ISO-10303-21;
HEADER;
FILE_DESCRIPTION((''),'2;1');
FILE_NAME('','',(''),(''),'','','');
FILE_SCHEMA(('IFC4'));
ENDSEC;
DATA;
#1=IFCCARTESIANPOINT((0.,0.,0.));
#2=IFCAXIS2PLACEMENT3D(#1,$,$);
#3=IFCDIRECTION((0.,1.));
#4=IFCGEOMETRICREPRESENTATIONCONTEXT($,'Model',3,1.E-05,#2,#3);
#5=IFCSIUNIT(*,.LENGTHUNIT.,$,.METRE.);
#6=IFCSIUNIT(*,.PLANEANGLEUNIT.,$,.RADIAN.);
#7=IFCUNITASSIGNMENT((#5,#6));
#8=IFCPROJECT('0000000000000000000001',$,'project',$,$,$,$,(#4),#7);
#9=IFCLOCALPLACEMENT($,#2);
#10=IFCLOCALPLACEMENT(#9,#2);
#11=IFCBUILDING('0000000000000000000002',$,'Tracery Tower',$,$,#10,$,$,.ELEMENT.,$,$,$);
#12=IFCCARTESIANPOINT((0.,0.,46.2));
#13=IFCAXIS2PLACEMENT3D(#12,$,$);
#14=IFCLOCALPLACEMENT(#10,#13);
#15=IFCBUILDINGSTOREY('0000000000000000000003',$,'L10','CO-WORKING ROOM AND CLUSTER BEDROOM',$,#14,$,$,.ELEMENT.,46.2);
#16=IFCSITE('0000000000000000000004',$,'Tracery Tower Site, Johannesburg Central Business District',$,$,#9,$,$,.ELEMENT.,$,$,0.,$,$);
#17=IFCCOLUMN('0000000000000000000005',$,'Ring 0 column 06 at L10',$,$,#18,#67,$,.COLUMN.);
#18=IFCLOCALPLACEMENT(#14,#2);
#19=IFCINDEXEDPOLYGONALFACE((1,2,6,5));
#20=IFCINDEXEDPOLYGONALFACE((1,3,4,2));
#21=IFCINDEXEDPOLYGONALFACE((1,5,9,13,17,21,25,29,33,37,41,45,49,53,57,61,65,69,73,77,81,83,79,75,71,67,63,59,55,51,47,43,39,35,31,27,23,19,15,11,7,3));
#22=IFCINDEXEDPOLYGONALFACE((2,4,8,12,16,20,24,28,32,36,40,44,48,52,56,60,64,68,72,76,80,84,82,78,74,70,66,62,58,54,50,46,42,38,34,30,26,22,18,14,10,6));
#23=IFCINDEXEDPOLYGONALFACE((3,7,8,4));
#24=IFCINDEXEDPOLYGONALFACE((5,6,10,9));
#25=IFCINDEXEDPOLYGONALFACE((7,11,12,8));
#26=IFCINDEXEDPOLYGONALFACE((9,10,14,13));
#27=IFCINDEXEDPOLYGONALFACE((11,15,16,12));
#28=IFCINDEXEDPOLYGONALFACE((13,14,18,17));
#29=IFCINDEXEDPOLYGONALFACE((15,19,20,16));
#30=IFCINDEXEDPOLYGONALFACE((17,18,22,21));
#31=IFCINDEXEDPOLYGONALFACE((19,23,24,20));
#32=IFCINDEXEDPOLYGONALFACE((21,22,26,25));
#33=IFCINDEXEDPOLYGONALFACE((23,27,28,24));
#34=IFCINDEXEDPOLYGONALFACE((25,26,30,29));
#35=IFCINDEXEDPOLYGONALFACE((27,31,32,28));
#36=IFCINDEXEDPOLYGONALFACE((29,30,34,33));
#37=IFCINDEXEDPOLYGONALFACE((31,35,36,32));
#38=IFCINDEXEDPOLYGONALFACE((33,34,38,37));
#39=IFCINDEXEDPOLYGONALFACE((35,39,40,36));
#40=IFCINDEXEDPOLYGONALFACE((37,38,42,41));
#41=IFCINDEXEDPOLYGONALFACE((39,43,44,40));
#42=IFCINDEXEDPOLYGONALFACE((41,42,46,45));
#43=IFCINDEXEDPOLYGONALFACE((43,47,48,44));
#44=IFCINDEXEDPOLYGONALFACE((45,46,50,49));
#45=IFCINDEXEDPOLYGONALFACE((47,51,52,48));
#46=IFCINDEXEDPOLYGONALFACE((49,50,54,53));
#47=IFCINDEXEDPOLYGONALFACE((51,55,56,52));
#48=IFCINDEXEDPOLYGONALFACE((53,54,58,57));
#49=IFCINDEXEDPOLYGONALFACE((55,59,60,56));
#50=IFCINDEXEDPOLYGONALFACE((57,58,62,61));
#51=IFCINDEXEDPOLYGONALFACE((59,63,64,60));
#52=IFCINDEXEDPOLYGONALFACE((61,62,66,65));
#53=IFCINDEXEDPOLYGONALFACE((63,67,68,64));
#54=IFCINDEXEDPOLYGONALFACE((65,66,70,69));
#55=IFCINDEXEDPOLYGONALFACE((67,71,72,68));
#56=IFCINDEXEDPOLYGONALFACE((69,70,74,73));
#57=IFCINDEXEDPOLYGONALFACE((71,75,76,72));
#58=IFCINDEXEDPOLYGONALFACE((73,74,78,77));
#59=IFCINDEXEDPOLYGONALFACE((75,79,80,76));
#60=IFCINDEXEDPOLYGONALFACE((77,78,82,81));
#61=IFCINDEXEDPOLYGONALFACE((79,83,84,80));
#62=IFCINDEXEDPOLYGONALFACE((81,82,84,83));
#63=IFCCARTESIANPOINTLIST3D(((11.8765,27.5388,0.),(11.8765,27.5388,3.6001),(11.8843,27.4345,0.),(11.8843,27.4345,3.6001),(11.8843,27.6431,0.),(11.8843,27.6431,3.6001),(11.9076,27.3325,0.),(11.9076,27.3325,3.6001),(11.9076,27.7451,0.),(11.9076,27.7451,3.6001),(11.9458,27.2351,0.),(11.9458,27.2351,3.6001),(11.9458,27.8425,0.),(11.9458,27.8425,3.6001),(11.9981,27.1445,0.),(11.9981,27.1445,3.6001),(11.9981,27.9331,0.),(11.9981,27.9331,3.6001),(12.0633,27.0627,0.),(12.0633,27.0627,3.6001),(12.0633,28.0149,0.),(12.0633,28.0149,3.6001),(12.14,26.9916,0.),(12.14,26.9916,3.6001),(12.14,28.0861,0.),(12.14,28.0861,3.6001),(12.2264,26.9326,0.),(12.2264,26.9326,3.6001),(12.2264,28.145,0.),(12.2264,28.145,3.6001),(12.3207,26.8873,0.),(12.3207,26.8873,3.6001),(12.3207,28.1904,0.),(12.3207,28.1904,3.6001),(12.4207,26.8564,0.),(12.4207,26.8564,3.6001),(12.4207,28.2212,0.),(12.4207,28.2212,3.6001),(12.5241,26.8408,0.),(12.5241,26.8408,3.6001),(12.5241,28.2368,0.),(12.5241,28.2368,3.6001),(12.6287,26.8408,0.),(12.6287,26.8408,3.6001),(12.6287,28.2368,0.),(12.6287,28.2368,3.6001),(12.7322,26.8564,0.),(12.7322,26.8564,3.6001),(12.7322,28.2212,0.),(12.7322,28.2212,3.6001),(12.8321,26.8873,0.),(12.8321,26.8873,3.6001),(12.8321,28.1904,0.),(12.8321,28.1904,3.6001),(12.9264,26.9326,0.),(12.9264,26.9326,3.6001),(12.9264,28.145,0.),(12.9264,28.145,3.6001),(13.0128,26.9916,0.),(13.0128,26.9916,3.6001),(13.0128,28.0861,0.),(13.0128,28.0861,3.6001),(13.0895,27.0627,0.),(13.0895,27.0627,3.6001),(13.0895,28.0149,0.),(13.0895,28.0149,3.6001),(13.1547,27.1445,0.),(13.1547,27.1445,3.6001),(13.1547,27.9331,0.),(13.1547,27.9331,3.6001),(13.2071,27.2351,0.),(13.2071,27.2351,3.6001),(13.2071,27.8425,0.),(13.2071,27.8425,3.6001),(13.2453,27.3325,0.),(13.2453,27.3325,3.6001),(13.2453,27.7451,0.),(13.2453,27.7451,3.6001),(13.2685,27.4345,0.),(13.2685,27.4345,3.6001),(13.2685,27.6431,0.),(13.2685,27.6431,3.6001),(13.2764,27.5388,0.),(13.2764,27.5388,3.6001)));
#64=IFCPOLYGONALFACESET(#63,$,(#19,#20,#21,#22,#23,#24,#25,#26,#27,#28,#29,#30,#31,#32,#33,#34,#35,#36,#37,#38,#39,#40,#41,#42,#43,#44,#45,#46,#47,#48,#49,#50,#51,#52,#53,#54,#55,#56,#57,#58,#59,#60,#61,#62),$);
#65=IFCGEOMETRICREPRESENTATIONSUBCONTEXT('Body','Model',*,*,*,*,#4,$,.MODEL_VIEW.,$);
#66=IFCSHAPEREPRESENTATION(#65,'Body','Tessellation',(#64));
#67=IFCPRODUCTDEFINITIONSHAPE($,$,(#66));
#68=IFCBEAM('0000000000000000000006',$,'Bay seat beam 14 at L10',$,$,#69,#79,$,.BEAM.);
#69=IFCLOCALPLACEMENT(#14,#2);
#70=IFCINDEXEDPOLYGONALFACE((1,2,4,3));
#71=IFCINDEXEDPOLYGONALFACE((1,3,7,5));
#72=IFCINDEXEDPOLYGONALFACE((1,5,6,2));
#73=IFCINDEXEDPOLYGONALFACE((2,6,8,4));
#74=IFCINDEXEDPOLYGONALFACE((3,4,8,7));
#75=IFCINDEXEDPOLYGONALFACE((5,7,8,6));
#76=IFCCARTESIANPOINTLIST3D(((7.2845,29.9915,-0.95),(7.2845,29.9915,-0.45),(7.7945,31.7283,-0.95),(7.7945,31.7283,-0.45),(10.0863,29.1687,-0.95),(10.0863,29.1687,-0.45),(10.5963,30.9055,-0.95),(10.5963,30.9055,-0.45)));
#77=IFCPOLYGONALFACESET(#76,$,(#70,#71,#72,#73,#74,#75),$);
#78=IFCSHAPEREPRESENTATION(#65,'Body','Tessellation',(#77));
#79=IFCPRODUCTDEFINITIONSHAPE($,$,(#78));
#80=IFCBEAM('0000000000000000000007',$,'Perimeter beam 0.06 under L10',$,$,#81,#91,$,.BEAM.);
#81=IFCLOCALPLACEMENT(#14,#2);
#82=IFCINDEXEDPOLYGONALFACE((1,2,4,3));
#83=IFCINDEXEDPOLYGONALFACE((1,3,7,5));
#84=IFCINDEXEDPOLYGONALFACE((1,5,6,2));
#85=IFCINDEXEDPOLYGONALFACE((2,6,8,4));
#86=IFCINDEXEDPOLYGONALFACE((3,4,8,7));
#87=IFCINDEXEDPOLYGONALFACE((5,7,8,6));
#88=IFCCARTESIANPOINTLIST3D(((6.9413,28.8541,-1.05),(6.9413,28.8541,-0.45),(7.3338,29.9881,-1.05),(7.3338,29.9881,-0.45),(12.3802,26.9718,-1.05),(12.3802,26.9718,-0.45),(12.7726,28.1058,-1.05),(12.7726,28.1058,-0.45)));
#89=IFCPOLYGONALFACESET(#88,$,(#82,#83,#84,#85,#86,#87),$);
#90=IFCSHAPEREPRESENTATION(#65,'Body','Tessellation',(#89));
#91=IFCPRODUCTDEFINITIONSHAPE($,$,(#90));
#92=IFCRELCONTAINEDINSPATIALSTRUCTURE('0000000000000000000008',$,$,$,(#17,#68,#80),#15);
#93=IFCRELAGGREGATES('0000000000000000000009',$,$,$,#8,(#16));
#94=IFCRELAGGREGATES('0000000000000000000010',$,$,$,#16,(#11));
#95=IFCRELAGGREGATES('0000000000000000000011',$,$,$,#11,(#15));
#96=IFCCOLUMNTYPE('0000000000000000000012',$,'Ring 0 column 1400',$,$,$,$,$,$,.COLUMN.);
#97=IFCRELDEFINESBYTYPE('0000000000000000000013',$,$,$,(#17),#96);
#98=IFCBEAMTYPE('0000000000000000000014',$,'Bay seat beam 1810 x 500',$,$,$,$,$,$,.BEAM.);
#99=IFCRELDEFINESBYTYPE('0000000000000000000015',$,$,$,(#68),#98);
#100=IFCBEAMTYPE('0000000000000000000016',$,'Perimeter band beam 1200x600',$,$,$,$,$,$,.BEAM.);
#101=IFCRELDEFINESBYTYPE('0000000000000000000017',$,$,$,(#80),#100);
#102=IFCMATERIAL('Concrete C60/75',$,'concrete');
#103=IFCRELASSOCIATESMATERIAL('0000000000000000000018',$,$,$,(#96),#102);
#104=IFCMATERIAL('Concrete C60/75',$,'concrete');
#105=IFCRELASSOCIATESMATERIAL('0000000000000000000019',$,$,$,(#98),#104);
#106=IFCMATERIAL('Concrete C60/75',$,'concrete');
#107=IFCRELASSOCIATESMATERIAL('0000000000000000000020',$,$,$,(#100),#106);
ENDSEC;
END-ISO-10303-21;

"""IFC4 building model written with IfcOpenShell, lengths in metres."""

from ifc_helpers import new_model, si_unit, direction, frame, origin, origin_2d, place, context, subcontext, project, spatial, rectangle, circle, extrude, material, material_profile, profile_set, type_object, element, save


model = new_model("IFC4")

# Units and contexts
model_context = context("Model", 3, precision=1e-05, world=origin(), true_north=direction((0.0, 1.0)))
body_context = subcontext(model_context, "Body", "Model", "MODEL_VIEW")
ifc_project = project(units=[si_unit("LENGTHUNIT", "METRE"), si_unit("PLANEANGLEUNIT", "RADIAN")], contexts=[model_context])

# Site, building, storey
site_placement = place(None, origin())
site = spatial("IfcSite", under=ifc_project, at=site_placement, Name="Tracery Tower Site, Johannesburg Central Business District", CompositionType="ELEMENT", RefElevation=0.0)
building_placement = place(site_placement, origin())
building = spatial("IfcBuilding", under=site, at=building_placement, Name="Tracery Tower", CompositionType="ELEMENT")
storey_placement = place(building_placement, frame((0.0, 0.0, 46.2)))
storey = spatial("IfcBuildingStorey", under=building, at=storey_placement, Name="L10", Description="CO-WORKING ROOM AND CLUSTER BEDROOM", CompositionType="ELEMENT", Elevation=46.2)

# Column
ifc_material_1 = material(Name="Concrete C60/75", Category="concrete")
ifc_material_profile_1 = material_profile(ifc_material_1, circle(Radius=0.7, at=origin_2d()), Name="RC D1400")
ifc_profile_set_1 = profile_set([ifc_material_profile_1], Name="Concrete C60/75")
column_type = type_object("IfcColumnType", Name="Ring 0 column 1400", PredefinedType="COLUMN", material=ifc_profile_set_1)
column_placement = place(storey_placement, frame((12.5764, 27.5388, 0.0), z_axis=(0.0, 0.0, 1.0), x_axis=(1.0, 0.0, 0.0)))
element("IfcColumn", 1, at=column_placement, inside=storey, type_object=column_type, Name="Ring 0 column 06 at L10", PredefinedType="COLUMN", context=body_context, shape_type="SweptSolid", body=[
    extrude(circle(Radius=0.7, at=origin_2d()), origin(), (0.0, 0.0, 1.0), 3.6001),
])

# Beams
ifc_material_2 = material(Name="Concrete C60/75", Category="concrete")
ifc_material_profile_2 = material_profile(ifc_material_2, rectangle(XDim=1.8101, YDim=0.5, at=origin_2d()), Name="RC 1810x500")
ifc_profile_set_2 = profile_set([ifc_material_profile_2], Name="Concrete C60/75")
beam_type_1 = type_object("IfcBeamType", Name="Bay seat beam 1810 x 500", PredefinedType="BEAM", material=ifc_profile_set_2)
beam_1_placement = place(storey_placement, frame((10.3413, 30.0371, -0.7), z_axis=(-0.959485, 0.281759, 0.0), x_axis=(-0.281759, -0.959485, 0.0)))
element("IfcBeam", 2, at=beam_1_placement, inside=storey, type_object=beam_type_1, Name="Bay seat beam 14 at L10", PredefinedType="BEAM", context=body_context, shape_type="SweptSolid", body=[
    extrude(rectangle(XDim=1.8101, YDim=0.5, at=origin_2d()), origin(), (0.0, 0.0, 1.0), 2.9202),
])
ifc_material_3 = material(Name="Concrete C60/75", Category="concrete")
ifc_material_profile_3 = material_profile(ifc_material_3, rectangle(XDim=1.2, YDim=0.6001, at=origin_2d()), Name="RC 1200x600")
ifc_profile_set_3 = profile_set([ifc_material_profile_3], Name="Concrete C60/75")
beam_type_2 = type_object("IfcBeamType", Name="Perimeter band beam 1200x600", PredefinedType="BEAM", material=ifc_profile_set_3)
beam_2_placement = place(storey_placement, frame((12.5764, 27.5388, -0.75), z_axis=(-0.945007, 0.327049, 0.0), x_axis=(-0.327049, -0.945007, 0.0)))
element("IfcBeam", 3, at=beam_2_placement, inside=storey, type_object=beam_type_2, Name="Perimeter beam 0.06 under L10", PredefinedType="BEAM", context=body_context, shape_type="SweptSolid", body=[
    extrude(rectangle(XDim=1.2, YDim=0.6001, at=origin_2d()), origin(), (0.0, 0.0, 1.0), 5.7554),
])

save(model, "model.ifc")
